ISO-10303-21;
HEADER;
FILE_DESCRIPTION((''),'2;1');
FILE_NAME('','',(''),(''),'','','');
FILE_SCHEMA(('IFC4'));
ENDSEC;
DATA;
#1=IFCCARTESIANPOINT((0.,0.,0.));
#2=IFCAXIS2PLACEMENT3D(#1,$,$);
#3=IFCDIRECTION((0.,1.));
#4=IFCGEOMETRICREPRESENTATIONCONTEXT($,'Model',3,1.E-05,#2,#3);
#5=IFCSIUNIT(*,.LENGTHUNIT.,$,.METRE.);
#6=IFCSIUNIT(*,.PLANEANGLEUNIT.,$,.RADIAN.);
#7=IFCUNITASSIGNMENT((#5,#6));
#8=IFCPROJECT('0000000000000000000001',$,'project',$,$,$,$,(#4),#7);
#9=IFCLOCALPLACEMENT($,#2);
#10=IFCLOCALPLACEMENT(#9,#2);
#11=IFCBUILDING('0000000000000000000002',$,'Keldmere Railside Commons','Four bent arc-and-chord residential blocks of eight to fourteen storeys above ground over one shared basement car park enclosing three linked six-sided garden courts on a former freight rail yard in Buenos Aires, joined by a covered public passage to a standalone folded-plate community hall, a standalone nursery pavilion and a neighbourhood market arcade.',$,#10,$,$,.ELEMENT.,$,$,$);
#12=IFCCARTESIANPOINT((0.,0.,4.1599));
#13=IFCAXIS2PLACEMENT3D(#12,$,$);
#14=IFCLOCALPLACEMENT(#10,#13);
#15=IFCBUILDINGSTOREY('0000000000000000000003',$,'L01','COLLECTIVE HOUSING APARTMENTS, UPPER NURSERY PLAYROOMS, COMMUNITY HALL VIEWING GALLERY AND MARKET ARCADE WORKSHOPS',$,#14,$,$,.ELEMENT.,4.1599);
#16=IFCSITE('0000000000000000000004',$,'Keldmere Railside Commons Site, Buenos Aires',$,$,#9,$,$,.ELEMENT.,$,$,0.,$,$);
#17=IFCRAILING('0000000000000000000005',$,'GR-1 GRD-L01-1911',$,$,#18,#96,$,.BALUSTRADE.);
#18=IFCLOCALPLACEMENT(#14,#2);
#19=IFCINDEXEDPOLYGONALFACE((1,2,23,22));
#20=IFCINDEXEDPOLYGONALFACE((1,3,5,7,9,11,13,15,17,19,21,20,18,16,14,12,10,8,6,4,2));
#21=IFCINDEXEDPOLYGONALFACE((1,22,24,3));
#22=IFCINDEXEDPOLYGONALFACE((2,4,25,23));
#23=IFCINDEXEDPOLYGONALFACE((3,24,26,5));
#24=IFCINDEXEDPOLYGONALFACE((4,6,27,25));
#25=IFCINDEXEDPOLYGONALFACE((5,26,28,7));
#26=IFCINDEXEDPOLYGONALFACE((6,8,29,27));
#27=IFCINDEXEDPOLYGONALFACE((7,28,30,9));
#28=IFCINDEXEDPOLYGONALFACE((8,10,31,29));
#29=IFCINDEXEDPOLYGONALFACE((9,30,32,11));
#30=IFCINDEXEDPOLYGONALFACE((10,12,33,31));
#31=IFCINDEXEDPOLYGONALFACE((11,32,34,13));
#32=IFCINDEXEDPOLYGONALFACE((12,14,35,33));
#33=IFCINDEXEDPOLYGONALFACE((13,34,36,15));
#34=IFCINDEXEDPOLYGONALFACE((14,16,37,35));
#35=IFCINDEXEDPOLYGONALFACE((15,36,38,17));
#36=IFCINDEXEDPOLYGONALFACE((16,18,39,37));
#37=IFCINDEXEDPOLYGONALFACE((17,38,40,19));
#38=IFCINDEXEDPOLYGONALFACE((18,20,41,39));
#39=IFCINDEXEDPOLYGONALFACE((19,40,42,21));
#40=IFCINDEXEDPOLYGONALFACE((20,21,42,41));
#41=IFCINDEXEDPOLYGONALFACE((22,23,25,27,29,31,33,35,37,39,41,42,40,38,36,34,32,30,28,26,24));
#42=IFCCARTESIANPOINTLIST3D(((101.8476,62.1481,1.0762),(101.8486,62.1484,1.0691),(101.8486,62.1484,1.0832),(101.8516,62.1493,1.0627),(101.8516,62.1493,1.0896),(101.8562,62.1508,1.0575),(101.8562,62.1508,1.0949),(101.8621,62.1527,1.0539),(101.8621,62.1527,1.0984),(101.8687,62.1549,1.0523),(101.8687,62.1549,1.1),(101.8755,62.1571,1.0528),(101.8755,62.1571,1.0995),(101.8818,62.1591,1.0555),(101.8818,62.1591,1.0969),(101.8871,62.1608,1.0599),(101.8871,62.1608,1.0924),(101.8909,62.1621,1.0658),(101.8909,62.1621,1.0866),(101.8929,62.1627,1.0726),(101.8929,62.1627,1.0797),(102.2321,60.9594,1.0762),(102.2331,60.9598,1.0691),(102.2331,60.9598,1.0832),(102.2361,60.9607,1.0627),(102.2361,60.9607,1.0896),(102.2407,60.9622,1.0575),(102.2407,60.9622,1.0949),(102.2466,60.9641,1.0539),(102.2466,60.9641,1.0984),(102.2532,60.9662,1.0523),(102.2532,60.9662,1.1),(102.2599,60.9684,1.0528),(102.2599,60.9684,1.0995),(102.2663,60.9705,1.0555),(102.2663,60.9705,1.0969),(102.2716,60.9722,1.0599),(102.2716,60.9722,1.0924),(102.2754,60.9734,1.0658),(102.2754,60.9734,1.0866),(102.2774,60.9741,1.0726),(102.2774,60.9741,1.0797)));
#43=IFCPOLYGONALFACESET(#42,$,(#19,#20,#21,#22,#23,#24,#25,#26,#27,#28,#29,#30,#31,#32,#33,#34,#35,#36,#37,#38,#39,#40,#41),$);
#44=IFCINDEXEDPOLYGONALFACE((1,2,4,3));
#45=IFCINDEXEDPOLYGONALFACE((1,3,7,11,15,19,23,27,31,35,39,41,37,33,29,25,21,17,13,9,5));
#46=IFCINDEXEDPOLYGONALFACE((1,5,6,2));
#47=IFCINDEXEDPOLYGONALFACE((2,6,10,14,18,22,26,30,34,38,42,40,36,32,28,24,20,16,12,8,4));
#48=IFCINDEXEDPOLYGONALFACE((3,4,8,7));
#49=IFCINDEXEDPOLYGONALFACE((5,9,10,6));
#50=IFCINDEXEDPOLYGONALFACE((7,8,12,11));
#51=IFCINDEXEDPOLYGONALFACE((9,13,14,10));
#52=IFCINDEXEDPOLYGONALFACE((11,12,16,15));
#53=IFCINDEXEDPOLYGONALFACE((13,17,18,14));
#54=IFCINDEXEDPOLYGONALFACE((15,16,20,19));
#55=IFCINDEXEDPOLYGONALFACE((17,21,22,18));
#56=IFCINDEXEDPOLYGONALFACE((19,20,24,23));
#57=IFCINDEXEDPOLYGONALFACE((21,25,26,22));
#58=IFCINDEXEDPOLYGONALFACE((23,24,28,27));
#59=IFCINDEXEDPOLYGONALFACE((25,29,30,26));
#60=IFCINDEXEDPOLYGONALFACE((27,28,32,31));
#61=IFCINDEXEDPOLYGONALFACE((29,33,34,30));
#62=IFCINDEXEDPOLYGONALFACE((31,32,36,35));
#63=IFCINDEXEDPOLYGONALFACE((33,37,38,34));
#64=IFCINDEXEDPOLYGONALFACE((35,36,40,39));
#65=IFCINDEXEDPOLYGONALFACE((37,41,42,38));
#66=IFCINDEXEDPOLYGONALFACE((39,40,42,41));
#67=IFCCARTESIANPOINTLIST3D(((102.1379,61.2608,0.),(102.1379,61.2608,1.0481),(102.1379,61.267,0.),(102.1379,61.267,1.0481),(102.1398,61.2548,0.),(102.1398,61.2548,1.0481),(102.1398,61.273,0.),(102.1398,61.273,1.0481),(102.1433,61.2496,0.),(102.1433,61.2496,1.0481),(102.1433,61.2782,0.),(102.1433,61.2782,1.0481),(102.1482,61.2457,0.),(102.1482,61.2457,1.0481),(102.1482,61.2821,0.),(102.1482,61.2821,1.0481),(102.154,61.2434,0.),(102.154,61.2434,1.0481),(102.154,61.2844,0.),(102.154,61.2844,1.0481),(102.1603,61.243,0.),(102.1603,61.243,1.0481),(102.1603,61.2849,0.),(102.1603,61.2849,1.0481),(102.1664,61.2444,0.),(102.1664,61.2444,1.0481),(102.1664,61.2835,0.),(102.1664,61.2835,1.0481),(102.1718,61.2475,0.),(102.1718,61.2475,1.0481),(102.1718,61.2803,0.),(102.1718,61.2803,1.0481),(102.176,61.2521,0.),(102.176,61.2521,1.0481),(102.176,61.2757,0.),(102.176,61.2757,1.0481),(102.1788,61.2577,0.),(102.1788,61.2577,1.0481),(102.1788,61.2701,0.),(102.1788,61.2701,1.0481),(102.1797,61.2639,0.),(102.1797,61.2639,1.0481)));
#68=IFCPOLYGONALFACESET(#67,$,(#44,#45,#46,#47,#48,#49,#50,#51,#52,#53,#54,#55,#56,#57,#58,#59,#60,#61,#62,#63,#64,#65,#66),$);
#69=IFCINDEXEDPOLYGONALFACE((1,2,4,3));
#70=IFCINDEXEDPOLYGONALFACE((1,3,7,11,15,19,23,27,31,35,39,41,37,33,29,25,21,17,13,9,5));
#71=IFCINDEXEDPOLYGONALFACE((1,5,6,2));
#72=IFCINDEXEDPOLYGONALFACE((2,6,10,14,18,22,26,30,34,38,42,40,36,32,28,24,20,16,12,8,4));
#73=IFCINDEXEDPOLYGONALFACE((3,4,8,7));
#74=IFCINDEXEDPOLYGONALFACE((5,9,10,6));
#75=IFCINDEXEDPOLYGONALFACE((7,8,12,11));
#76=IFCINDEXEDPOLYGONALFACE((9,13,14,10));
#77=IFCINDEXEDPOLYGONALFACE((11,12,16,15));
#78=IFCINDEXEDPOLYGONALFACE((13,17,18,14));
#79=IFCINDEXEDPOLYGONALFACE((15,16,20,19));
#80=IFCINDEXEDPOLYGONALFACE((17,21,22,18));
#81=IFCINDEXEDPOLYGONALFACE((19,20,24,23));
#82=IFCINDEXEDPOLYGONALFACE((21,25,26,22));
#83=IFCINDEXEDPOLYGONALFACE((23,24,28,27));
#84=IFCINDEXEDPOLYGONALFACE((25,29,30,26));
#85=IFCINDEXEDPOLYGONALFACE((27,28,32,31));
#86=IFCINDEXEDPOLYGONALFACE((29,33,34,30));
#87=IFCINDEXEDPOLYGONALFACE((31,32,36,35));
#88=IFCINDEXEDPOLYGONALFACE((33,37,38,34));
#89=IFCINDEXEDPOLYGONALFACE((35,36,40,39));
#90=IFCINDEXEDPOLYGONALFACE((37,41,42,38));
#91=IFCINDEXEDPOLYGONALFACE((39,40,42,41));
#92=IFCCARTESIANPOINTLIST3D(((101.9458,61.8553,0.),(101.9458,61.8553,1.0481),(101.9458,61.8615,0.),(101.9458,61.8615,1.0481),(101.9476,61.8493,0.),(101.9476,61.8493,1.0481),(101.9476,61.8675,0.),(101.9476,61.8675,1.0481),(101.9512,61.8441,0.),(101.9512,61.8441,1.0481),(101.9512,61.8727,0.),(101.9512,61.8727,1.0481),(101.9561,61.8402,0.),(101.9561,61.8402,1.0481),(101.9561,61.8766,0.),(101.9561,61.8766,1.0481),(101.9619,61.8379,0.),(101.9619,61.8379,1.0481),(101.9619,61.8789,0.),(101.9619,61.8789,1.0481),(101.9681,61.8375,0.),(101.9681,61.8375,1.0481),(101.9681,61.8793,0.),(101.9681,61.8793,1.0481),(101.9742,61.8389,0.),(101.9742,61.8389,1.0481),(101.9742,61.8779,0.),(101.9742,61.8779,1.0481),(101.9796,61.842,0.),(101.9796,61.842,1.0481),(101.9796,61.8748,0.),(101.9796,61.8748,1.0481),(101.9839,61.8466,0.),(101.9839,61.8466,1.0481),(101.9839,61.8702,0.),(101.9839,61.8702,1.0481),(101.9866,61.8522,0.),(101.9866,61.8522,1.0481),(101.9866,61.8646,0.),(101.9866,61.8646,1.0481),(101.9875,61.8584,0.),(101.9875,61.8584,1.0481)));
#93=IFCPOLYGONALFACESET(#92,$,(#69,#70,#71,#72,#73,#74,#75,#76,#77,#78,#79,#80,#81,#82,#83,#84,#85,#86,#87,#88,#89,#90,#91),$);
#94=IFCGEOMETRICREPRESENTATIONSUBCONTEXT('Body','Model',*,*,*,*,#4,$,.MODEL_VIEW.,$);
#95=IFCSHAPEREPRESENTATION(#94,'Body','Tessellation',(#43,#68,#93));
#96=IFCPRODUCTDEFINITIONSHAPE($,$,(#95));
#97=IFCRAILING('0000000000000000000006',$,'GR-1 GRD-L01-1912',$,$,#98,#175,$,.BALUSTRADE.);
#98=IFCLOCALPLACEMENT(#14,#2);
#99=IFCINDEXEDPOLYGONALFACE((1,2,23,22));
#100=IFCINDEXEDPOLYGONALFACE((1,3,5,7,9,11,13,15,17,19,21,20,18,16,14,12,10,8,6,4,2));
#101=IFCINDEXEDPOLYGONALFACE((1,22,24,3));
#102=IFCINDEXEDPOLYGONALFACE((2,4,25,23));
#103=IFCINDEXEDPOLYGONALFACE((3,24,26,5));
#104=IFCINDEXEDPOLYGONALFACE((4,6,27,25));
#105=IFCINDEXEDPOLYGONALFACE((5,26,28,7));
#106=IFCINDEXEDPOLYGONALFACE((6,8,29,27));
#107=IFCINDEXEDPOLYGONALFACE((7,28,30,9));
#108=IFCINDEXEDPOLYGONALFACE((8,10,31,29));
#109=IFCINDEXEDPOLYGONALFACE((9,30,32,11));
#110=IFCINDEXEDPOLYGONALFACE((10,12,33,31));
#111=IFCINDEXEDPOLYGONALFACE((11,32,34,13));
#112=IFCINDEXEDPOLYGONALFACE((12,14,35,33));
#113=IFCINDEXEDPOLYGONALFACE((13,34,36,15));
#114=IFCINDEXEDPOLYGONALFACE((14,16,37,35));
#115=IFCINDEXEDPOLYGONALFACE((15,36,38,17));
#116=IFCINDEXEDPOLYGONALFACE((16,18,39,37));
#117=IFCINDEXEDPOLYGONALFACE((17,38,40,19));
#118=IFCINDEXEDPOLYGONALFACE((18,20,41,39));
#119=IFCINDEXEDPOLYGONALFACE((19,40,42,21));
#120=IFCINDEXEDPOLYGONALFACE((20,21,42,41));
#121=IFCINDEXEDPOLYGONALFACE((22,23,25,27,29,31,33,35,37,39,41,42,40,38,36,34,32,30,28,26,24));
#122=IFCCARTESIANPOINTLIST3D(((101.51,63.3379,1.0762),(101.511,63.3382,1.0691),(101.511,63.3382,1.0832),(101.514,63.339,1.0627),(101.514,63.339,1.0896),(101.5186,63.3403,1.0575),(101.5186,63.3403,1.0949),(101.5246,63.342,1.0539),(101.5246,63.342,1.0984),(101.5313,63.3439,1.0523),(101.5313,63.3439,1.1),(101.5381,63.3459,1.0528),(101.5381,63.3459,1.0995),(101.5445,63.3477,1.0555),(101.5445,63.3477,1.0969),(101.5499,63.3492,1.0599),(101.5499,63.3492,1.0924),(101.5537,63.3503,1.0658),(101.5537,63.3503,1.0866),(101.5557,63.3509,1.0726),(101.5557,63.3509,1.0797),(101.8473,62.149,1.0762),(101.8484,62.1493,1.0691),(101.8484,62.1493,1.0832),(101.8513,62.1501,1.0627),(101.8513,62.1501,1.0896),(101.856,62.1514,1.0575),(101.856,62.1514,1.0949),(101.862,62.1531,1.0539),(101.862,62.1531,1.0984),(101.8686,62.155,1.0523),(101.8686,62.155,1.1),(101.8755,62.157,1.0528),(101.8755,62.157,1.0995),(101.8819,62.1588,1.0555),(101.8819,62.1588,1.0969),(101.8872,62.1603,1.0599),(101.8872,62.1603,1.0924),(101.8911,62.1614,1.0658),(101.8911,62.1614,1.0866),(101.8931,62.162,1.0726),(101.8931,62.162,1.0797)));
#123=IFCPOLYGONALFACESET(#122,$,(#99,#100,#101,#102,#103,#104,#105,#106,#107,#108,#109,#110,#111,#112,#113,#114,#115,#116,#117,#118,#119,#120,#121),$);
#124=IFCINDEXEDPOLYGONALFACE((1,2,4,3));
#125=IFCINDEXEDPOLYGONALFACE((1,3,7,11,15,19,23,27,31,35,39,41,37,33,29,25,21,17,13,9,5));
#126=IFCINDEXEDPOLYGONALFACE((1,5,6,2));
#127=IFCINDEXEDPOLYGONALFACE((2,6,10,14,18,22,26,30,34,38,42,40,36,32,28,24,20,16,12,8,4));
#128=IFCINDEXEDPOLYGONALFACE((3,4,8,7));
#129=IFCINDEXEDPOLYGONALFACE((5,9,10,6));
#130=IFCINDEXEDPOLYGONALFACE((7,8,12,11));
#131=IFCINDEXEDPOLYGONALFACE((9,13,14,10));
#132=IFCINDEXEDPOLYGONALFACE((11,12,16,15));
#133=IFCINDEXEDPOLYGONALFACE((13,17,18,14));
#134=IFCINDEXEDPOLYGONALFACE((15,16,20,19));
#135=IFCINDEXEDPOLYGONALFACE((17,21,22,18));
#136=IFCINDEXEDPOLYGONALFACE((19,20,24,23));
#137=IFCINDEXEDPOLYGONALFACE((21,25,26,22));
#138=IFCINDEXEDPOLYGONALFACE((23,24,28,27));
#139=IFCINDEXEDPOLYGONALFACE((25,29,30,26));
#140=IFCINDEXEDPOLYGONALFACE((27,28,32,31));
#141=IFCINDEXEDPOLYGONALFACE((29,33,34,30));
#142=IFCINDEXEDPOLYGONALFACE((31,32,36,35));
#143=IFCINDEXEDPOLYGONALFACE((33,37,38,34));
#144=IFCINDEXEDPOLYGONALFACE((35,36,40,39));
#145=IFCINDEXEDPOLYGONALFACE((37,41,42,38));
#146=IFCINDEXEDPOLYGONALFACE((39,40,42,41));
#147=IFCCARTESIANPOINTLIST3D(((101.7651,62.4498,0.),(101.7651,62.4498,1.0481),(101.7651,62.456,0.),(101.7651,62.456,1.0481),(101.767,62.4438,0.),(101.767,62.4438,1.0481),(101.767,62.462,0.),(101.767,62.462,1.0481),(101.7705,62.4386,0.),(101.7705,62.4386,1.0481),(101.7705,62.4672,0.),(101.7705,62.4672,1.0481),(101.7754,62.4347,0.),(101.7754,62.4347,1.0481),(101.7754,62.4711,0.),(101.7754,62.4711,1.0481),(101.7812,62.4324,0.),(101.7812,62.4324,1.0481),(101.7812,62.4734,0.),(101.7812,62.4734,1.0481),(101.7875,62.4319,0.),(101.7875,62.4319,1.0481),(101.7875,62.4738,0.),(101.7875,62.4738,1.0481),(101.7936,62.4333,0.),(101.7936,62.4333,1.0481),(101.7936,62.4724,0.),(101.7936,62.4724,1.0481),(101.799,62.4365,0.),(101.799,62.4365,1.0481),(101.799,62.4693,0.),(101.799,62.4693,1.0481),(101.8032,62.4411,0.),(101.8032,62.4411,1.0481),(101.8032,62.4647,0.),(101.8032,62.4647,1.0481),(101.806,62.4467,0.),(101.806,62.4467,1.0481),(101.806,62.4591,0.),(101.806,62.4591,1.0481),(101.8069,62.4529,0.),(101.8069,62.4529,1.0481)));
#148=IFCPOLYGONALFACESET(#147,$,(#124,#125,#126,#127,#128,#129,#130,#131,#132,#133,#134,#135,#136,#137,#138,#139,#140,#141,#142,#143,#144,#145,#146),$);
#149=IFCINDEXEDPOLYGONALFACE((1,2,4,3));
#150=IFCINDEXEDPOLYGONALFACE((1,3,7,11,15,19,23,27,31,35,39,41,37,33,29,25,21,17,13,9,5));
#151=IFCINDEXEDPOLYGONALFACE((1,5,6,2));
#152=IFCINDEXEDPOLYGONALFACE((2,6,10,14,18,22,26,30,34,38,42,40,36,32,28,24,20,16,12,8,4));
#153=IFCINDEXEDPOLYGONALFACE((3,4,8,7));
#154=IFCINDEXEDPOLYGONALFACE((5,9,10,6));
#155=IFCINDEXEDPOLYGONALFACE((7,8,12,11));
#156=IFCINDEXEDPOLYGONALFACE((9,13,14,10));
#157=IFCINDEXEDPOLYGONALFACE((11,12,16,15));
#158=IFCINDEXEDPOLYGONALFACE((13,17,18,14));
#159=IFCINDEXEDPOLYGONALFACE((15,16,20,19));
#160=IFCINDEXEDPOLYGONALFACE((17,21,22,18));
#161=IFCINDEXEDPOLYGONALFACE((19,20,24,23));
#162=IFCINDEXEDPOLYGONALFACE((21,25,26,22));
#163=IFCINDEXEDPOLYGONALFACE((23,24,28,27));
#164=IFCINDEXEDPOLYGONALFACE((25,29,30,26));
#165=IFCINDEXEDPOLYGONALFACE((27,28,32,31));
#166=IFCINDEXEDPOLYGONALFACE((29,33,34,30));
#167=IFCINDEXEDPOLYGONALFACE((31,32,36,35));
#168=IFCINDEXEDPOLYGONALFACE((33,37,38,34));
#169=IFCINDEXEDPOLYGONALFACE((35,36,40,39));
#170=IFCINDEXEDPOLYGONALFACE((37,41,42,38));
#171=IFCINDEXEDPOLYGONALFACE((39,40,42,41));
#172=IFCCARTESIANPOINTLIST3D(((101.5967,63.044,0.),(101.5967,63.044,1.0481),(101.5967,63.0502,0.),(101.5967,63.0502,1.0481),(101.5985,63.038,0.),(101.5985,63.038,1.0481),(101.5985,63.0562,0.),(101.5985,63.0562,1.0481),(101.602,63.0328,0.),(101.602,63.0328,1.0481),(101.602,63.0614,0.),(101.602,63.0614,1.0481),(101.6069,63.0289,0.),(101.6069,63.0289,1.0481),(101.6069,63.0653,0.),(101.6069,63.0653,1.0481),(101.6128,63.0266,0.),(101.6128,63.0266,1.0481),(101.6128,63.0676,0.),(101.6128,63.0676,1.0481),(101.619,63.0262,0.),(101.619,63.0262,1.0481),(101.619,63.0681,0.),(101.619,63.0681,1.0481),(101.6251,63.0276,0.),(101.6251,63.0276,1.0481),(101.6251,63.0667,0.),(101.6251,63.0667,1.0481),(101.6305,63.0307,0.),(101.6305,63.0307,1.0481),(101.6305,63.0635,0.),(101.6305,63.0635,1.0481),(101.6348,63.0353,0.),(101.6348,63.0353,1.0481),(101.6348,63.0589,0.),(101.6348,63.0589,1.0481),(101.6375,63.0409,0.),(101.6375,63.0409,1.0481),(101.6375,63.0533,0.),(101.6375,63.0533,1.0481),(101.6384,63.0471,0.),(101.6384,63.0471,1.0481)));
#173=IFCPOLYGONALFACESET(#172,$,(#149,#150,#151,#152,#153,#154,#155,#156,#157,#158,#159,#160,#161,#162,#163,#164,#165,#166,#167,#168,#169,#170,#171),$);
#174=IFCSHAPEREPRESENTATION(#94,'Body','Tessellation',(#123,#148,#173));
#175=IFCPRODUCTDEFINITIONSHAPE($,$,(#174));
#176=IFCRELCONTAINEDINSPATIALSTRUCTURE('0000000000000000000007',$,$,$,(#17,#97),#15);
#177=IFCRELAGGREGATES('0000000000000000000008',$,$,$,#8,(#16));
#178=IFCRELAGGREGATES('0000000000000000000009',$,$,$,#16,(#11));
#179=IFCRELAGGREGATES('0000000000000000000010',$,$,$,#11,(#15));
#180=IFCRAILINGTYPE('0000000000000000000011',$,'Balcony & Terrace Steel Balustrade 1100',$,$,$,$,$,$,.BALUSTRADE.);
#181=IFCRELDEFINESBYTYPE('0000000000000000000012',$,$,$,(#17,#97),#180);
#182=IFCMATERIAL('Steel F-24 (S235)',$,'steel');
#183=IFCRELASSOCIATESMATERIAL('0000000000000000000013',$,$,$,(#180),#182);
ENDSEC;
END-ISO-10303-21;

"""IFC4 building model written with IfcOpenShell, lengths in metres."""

from ifc_helpers import new_model, si_unit, direction, frame, origin, origin_2d, place, context, subcontext, project, spatial, circle, extrude, material, type_object, element, save


model = new_model("IFC4")

# Units and contexts
model_context = context("Model", 3, precision=1e-05, world=origin(), true_north=direction((0.0, 1.0)))
body_context = subcontext(model_context, "Body", "Model", "MODEL_VIEW")
ifc_project = project(units=[si_unit("LENGTHUNIT", "METRE"), si_unit("PLANEANGLEUNIT", "RADIAN")], contexts=[model_context])

# Site, building, storey
site_placement = place(None, origin())
site = spatial("IfcSite", under=ifc_project, at=site_placement, Name="Keldmere Railside Commons Site, Buenos Aires", CompositionType="ELEMENT", RefElevation=0.0)
building_placement = place(site_placement, origin())
building = spatial("IfcBuilding", under=site, at=building_placement, Name="Keldmere Railside Commons", Description="Four bent arc-and-chord residential blocks of eight to fourteen storeys above ground over one shared basement car park enclosing three linked six-sided garden courts on a former freight rail yard in Buenos Aires, joined by a covered public passage to a standalone folded-plate community hall, a standalone nursery pavilion and a neighbourhood market arcade.", CompositionType="ELEMENT")
storey_placement = place(building_placement, frame((0.0, 0.0, 4.1599)))
storey = spatial("IfcBuildingStorey", under=building, at=storey_placement, Name="L01", Description="COLLECTIVE HOUSING APARTMENTS, UPPER NURSERY PLAYROOMS, COMMUNITY HALL VIEWING GALLERY AND MARKET ARCADE WORKSHOPS", CompositionType="ELEMENT", Elevation=4.1599)

# Railings
ifc_material_1 = material(Name="Steel F-24 (S235)", Category="steel")
railing_type = type_object("IfcRailingType", Name="Balcony & Terrace Steel Balustrade 1100", PredefinedType="BALUSTRADE", material=ifc_material_1)
railing_1_placement = place(storey_placement, frame((102.2549, 60.9668, 0.0)))
element("IfcRailing", 1, at=railing_1_placement, inside=storey, type_object=railing_type, Name="GR-1 GRD-L01-1911", PredefinedType="BALUSTRADE", context=body_context, shape_type="SweptSolid", body=[
    extrude(circle(Radius=0.0239, at=origin_2d()), frame((0.0, 0.0, 1.0762), z_axis=(-0.307773, 0.95146, 0.0), x_axis=(-0.95146, -0.307773, 0.0)), (0.0, 0.0, 1.0), 1.2493),
    extrude(circle(Radius=0.021, at=origin_2d()), frame((-0.0962, 0.2971, 0.0)), (0.0, 0.0, 1.0), 1.0481),
    extrude(circle(Radius=0.021, at=origin_2d()), frame((-0.2883, 0.8916, 0.0)), (0.0, 0.0, 1.0), 1.0481),
])
railing_2_placement = place(storey_placement, frame((101.8704, 62.1555, 0.0)))
element("IfcRailing", 2, at=railing_2_placement, inside=storey, type_object=railing_type, Name="GR-1 GRD-L01-1912", PredefinedType="BALUSTRADE", context=body_context, shape_type="SweptSolid", body=[
    extrude(circle(Radius=0.0239, at=origin_2d()), frame((0.0, 0.0, 1.0762), z_axis=(-0.272999, 0.962014, 0.0), x_axis=(-0.962014, -0.272999, 0.0)), (0.0, 0.0, 1.0), 1.2358),
    extrude(circle(Radius=0.021, at=origin_2d()), frame((-0.0845, 0.2974, 0.0)), (0.0, 0.0, 1.0), 1.0481),
    extrude(circle(Radius=0.021, at=origin_2d()), frame((-0.2529, 0.8916, 0.0)), (0.0, 0.0, 1.0), 1.0481),
])

save(model, "model.ifc")
